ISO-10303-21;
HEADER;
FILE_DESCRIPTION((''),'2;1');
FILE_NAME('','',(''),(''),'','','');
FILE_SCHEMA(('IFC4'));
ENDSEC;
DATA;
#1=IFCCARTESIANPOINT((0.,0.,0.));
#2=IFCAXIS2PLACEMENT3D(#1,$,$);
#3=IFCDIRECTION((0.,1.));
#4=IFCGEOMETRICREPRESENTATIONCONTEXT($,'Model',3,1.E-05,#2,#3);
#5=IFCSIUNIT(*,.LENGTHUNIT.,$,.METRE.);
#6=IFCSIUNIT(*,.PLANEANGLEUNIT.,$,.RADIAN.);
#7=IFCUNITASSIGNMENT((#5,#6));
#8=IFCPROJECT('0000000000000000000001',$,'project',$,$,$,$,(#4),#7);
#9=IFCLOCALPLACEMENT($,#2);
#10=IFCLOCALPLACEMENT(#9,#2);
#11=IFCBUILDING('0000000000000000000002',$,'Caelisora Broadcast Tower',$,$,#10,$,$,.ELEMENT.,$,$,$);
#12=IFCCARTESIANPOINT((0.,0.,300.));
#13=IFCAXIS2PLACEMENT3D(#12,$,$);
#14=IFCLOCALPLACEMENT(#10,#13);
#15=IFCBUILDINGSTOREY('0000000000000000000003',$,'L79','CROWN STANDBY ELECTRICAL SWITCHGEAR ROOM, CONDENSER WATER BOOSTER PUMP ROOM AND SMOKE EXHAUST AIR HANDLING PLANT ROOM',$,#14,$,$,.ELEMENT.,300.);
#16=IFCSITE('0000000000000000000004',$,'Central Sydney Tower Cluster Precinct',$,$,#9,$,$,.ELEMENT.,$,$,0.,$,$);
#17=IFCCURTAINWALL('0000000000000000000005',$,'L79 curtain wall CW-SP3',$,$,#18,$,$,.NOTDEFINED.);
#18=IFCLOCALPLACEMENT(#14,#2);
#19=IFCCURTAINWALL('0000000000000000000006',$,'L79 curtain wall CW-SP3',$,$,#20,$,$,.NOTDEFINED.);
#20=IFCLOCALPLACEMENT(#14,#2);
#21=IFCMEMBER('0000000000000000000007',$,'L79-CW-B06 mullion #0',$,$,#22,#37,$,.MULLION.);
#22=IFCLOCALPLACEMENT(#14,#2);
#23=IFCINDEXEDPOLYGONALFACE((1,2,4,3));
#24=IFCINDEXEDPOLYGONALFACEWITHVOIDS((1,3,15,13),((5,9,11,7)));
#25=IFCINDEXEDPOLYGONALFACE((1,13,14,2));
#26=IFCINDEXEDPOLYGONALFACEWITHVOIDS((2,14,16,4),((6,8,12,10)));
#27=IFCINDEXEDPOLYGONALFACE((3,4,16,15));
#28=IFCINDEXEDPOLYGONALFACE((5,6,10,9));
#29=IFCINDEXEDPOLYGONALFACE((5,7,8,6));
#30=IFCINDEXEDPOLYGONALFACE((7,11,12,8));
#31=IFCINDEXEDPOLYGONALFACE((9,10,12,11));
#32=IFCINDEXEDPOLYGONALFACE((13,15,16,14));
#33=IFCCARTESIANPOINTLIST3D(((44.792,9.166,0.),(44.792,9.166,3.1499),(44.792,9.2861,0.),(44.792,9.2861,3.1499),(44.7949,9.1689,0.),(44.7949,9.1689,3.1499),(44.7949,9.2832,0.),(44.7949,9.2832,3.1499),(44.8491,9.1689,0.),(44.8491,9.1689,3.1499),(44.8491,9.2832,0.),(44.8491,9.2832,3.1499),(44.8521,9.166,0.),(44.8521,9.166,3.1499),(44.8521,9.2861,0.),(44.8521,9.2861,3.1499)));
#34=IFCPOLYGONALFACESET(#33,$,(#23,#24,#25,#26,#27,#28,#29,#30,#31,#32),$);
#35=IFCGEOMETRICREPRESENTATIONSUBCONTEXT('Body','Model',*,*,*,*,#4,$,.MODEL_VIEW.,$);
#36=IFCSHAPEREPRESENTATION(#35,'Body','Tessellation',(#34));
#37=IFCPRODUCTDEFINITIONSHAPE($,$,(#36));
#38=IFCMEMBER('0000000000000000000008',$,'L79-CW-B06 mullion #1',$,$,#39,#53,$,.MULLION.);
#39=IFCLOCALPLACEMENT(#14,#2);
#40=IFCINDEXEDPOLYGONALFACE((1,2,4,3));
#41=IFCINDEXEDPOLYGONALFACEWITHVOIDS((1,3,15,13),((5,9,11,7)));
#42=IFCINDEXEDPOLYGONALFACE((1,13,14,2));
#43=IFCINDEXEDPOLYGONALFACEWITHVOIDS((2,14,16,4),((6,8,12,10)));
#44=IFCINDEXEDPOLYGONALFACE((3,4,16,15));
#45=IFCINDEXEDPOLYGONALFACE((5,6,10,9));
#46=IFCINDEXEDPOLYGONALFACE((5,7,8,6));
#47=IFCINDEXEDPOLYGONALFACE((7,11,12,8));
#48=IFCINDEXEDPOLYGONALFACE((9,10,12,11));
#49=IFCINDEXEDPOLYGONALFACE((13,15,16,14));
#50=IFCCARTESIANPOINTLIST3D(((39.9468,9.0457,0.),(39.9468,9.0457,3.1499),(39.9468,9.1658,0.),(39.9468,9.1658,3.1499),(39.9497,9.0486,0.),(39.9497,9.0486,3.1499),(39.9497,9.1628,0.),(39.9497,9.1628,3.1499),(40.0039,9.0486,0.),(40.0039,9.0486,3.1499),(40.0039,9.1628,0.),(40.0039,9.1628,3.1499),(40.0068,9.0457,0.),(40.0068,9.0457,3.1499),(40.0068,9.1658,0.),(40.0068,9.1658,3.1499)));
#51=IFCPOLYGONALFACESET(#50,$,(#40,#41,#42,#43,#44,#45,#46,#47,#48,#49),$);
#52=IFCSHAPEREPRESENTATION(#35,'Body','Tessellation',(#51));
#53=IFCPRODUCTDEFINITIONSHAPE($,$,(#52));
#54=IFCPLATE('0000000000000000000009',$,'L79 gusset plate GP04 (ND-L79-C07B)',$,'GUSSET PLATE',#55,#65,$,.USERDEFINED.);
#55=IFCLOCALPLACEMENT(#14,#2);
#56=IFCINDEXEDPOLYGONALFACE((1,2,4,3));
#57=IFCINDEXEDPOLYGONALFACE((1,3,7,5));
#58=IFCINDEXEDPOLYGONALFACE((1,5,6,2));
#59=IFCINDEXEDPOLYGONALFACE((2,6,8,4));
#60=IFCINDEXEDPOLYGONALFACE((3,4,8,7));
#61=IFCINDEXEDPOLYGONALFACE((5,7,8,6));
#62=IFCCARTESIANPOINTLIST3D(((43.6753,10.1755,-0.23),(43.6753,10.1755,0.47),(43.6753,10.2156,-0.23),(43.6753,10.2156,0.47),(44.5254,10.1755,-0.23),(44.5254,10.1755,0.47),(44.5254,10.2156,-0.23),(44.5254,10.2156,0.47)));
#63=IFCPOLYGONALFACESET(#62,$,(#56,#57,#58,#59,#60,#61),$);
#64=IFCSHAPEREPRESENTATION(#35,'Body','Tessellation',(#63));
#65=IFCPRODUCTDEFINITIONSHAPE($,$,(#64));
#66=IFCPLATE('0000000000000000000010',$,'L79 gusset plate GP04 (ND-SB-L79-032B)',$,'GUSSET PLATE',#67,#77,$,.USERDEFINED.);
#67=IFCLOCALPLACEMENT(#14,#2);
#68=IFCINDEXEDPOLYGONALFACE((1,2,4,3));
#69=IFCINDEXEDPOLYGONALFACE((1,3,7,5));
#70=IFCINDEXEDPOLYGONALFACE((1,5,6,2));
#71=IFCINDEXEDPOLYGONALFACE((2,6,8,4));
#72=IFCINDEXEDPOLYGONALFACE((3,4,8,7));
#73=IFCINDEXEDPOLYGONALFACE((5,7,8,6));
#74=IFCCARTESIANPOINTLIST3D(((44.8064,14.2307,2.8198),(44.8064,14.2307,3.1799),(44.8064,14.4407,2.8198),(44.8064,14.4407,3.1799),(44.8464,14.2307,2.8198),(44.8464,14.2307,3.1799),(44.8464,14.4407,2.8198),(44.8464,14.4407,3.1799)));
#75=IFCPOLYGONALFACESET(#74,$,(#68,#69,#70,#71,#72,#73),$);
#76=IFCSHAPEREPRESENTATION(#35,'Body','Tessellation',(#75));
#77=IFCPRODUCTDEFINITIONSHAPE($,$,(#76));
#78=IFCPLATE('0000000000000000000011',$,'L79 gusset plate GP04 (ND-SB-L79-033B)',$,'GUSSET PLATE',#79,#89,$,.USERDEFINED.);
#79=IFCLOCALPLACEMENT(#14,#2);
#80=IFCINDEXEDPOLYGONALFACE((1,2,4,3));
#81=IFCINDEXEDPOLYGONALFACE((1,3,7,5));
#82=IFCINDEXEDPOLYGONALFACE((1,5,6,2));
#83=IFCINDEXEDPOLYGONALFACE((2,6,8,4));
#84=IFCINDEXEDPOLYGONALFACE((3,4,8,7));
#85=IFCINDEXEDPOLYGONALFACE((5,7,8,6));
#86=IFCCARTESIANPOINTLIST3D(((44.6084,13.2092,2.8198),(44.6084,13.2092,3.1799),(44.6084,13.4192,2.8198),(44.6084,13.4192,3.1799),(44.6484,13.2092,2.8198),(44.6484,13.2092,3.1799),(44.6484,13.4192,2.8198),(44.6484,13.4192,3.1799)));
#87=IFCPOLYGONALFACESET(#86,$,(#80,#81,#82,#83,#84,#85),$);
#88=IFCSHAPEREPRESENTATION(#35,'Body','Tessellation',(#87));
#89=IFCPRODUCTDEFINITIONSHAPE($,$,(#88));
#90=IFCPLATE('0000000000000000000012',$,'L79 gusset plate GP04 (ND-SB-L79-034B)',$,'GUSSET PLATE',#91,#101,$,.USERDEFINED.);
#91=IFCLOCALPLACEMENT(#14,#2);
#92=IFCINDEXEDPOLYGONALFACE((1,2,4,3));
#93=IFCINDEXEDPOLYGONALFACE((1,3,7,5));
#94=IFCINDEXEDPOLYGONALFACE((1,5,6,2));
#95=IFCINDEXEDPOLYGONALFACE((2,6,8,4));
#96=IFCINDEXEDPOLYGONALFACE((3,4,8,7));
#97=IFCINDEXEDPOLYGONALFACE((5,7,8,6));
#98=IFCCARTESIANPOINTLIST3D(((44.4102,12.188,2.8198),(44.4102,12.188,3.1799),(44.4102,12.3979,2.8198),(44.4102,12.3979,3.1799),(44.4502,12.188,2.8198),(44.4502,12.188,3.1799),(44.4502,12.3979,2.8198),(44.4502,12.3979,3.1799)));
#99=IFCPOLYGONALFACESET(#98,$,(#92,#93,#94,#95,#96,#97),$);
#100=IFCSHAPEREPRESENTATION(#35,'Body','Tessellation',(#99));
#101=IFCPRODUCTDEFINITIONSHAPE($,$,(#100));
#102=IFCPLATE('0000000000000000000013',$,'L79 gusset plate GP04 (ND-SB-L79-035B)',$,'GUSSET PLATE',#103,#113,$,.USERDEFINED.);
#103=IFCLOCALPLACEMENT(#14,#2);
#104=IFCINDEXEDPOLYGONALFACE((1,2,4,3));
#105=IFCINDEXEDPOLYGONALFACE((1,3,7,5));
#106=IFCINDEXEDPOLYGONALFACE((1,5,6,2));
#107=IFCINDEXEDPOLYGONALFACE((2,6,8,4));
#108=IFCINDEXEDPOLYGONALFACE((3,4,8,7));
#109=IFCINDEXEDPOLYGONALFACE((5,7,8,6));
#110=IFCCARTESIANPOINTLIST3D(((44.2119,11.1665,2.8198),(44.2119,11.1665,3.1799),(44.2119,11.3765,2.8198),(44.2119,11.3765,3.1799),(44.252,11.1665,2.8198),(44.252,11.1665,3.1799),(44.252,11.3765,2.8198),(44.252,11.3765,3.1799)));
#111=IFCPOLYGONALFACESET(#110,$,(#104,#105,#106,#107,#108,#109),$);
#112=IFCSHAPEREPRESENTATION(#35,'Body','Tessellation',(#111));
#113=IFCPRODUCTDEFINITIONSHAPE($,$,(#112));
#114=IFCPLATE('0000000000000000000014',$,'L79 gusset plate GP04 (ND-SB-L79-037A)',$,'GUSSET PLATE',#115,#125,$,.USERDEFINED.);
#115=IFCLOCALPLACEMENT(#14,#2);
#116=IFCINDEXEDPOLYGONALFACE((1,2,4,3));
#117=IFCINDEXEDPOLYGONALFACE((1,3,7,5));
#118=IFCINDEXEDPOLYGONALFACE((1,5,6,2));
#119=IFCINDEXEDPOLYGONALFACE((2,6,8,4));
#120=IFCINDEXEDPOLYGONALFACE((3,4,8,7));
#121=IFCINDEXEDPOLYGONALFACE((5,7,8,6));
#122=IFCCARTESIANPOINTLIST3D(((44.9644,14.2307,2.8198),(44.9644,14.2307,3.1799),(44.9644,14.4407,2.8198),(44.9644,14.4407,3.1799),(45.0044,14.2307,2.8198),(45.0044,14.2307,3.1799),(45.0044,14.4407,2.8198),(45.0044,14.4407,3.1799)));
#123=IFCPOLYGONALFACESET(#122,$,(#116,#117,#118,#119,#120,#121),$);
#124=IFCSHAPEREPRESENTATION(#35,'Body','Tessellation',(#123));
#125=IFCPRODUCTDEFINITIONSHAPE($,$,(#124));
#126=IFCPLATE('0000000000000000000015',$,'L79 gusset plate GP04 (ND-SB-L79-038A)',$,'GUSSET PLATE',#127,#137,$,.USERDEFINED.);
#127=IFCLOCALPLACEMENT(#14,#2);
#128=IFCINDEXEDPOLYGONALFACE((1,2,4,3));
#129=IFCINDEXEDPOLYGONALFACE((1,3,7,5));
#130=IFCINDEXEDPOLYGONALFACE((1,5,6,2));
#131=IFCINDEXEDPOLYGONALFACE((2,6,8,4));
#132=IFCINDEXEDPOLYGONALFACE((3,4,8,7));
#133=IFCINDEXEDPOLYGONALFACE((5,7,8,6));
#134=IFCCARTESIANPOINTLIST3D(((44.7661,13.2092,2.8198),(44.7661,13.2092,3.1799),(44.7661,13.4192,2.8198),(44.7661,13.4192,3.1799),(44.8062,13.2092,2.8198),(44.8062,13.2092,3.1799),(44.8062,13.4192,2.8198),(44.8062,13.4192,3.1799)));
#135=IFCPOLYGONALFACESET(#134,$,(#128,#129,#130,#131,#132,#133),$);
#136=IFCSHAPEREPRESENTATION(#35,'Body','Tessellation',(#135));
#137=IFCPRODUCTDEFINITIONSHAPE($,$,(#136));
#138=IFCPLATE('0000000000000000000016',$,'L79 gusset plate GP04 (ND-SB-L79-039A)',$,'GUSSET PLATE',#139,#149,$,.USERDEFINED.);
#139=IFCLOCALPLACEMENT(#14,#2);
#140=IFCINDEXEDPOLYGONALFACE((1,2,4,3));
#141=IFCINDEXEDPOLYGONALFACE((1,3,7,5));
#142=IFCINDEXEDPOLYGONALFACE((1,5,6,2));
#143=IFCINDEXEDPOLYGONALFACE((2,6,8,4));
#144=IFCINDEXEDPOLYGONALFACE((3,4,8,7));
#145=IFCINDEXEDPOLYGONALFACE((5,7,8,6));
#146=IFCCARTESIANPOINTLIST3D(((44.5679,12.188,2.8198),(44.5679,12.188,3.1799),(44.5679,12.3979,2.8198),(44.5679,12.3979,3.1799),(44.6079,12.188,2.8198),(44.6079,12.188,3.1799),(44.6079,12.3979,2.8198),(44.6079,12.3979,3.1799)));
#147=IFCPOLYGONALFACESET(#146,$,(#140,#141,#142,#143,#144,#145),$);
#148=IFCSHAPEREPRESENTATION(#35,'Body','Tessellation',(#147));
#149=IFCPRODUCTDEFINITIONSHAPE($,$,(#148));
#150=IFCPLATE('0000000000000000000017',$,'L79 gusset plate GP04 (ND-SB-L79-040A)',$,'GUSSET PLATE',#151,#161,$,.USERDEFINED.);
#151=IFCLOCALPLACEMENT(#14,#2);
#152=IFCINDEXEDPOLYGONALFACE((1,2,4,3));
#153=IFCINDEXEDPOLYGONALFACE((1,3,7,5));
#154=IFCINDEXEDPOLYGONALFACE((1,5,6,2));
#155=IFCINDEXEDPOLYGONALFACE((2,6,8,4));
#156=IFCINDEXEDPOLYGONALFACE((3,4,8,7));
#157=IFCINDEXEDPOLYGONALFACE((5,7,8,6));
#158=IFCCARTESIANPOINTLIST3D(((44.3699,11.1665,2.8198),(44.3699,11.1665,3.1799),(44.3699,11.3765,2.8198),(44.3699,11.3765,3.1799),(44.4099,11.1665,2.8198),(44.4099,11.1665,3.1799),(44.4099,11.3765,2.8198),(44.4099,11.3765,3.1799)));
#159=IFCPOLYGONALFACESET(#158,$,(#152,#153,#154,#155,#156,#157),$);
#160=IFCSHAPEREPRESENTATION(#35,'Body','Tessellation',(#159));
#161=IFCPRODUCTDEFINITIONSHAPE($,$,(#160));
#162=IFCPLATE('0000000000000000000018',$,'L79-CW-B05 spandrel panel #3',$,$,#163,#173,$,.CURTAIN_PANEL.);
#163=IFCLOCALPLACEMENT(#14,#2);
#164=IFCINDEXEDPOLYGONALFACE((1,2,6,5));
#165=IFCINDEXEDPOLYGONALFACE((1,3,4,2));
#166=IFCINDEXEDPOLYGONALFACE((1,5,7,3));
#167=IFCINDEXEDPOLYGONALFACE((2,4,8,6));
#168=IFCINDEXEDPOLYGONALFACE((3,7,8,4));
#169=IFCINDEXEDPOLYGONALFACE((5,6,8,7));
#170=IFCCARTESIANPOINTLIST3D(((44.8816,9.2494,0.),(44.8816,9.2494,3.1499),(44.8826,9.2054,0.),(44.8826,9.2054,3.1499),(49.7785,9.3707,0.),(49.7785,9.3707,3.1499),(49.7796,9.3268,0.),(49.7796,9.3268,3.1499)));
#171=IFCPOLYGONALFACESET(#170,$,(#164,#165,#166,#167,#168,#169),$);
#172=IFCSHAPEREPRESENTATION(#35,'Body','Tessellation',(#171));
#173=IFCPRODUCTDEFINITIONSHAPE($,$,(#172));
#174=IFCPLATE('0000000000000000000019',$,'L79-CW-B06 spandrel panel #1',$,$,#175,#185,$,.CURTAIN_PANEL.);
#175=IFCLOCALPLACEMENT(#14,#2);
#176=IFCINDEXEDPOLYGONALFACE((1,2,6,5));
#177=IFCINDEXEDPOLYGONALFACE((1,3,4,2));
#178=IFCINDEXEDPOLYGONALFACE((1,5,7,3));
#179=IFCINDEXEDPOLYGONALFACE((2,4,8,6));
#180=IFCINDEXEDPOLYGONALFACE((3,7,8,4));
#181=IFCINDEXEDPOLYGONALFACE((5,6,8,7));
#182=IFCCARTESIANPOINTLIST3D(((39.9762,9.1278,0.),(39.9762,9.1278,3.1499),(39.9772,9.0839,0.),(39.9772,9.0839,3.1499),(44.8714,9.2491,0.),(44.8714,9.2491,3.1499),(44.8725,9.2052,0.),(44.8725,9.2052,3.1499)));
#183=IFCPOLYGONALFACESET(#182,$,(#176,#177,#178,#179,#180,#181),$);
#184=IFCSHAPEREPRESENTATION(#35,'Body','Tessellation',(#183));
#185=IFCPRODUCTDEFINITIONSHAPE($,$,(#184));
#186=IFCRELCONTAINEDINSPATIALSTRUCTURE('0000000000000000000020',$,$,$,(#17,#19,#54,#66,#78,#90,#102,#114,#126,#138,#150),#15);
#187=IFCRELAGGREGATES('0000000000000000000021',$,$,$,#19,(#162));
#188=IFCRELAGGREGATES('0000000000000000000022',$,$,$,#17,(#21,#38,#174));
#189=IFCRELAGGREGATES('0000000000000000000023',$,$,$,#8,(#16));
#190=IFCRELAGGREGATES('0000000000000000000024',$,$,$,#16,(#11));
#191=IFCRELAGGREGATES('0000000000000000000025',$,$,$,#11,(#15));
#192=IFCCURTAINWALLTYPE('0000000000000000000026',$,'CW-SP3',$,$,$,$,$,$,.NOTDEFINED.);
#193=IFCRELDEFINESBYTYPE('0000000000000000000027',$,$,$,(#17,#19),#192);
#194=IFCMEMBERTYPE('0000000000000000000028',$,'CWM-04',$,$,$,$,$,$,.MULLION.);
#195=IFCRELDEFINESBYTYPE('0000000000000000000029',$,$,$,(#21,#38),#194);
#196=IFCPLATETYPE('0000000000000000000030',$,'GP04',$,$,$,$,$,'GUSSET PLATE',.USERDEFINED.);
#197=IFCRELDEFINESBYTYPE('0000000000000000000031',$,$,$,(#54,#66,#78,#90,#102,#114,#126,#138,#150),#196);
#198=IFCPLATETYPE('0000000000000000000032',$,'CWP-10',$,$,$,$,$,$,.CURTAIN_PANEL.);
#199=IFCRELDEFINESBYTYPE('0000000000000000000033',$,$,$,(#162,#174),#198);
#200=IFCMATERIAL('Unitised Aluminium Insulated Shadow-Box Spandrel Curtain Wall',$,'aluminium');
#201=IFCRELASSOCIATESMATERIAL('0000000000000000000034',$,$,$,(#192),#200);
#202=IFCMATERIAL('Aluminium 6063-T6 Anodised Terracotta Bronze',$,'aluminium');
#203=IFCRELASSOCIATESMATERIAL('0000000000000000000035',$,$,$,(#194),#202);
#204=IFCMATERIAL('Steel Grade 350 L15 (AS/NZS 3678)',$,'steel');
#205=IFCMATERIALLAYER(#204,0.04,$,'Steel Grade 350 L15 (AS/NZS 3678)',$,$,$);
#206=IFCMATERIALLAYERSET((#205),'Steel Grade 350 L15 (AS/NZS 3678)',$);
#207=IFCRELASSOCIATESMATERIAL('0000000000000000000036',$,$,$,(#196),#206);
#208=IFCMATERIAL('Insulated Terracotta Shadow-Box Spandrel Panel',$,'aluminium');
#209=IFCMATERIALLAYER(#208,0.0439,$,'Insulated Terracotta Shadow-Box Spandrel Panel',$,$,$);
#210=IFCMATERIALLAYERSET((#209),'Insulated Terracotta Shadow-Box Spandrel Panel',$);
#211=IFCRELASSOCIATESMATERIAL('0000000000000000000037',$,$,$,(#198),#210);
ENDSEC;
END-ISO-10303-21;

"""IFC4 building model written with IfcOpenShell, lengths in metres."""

from ifc_helpers import new_model, si_unit, direction, frame, origin, origin_2d, place, context, subcontext, project, spatial, rectangle, hollow_rectangle, extrude, source, transform, mapped, material, layer, layer_set, material_profile, profile_set, type_object, type_shapes, element, aggregate, save


model = new_model("IFC4")

# Units and contexts
model_context = context("Model", 3, precision=1e-05, world=origin(), true_north=direction((0.0, 1.0)))
body_context = subcontext(model_context, "Body", "Model", "MODEL_VIEW")
ifc_project = project(units=[si_unit("LENGTHUNIT", "METRE"), si_unit("PLANEANGLEUNIT", "RADIAN")], contexts=[model_context])

# Site, building, storey
site_placement = place(None, origin())
site = spatial("IfcSite", under=ifc_project, at=site_placement, Name="Central Sydney Tower Cluster Precinct", CompositionType="ELEMENT", RefElevation=0.0)
building_placement = place(site_placement, origin())
building = spatial("IfcBuilding", under=site, at=building_placement, Name="Caelisora Broadcast Tower", CompositionType="ELEMENT")
storey_placement = place(building_placement, frame((0.0, 0.0, 300.0)))
storey = spatial("IfcBuildingStorey", under=building, at=storey_placement, Name="L79", Description="CROWN STANDBY ELECTRICAL SWITCHGEAR ROOM, CONDENSER WATER BOOSTER PUMP ROOM AND SMOKE EXHAUST AIR HANDLING PLANT ROOM", CompositionType="ELEMENT", Elevation=300.0)

# Curtain wall
ifc_material_1 = material(Name="Unitised Aluminium Insulated Shadow-Box Spandrel Curtain Wall", Category="aluminium")
curtain_wall_type = type_object("IfcCurtainWallType", Name="CW-SP3", PredefinedType="NOTDEFINED", material=ifc_material_1)
curtain_wall_1_placement = place(storey_placement, origin())
curtain_wall_1 = element("IfcCurtainWall", 1, at=curtain_wall_1_placement, inside=storey, type_object=curtain_wall_type, Name="L79 curtain wall CW-SP3", PredefinedType="NOTDEFINED")
ifc_material_2 = material(Name="Aluminium 6063-T6 Anodised Terracotta Bronze", Category="aluminium")

# Curtain wall
curtain_wall_2_placement = place(storey_placement, origin())
curtain_wall_2 = element("IfcCurtainWall", 2, at=curtain_wall_2_placement, inside=storey, type_object=curtain_wall_type, Name="L79 curtain wall CW-SP3", PredefinedType="NOTDEFINED")
ifc_material_profile_1 = material_profile(ifc_material_2, hollow_rectangle(XDim=0.0601, YDim=0.1201, WallThickness=0.0029, at=origin_2d()), Name="Aluminium 6063-T6 Anodised Terracotta Bronze")
ifc_profile_set_1 = profile_set([ifc_material_profile_1], Name="Aluminium 6063-T6 Anodised Terracotta Bronze")
member_type_1 = type_object("IfcMemberType", Name="CWM-04", PredefinedType="MULLION", material=ifc_profile_set_1)
shared_shape_1 = source(origin(), body_context, "Body", "SweptSolid", [
    extrude(hollow_rectangle(XDim=0.0601, YDim=0.1201, WallThickness=0.0029, at=origin_2d()), origin(), (0.0, 0.0, 1.0), 3.1499),
])
type_shapes(member_type_1, [shared_shape_1])

# Members
member_1_placement = place(storey_placement, frame((44.822, 9.2261, 0.0), z_axis=(0.0, 0.0, 1.0), x_axis=(1.0, 0.0, 0.0)))
member_1 = element("IfcMember", 3, at=member_1_placement, type_object=member_type_1, Name="L79-CW-B06 mullion #0", PredefinedType="MULLION", context=body_context, shape_type="MappedRepresentation", body=[
    mapped(shared_shape_1, transform((0.0, 0.0, 0.0), scale=1.0)),
])
member_2_placement = place(storey_placement, frame((39.9768, 9.1057, 0.0), z_axis=(0.0, 0.0, 1.0), x_axis=(1.0, 0.0, 0.0)))
member_2 = element("IfcMember", 4, at=member_2_placement, type_object=member_type_1, Name="L79-CW-B06 mullion #1", PredefinedType="MULLION", context=body_context, shape_type="MappedRepresentation", body=[
    mapped(shared_shape_1, transform((0.0, 0.0, 0.0), scale=1.0)),
])

# Plates
ifc_material_3 = material(Name="Steel Grade 350 L15 (AS/NZS 3678)", Category="steel")
ifc_layer_1 = layer(ifc_material_3, 0.04, Name="Steel Grade 350 L15 (AS/NZS 3678)")
ifc_layer_set_1 = layer_set([ifc_layer_1], Name="Steel Grade 350 L15 (AS/NZS 3678)")
plate_type_1 = type_object("IfcPlateType", Name="GP04", ElementType="GUSSET PLATE", PredefinedType="USERDEFINED", material=ifc_layer_set_1)
shared_shape_2 = source(origin(), body_context, "Body", "SweptSolid", [
    extrude(rectangle(XDim=0.8501, YDim=0.04, at=origin_2d()), origin(), (0.0, 0.0, 1.0), 0.7),
])
plate_1_placement = place(storey_placement, frame((44.1003, 10.1956, -0.23), z_axis=(0.0, 0.0, 1.0), x_axis=(1.0, 0.0, 0.0)))
element("IfcPlate", 5, at=plate_1_placement, inside=storey, type_object=plate_type_1, Name="L79 gusset plate GP04 (ND-L79-C07B)", ObjectType="GUSSET PLATE", PredefinedType="USERDEFINED", context=body_context, shape_type="MappedRepresentation", body=[
    mapped(shared_shape_2, transform((0.0, 0.0, 0.0), scale=1.0)),
])
shared_shape_3 = source(origin(), body_context, "Body", "SweptSolid", [
    extrude(rectangle(XDim=0.21, YDim=0.04, at=origin_2d()), origin(), (0.0, 0.0, 1.0), 0.3601),
])
type_shapes(plate_type_1, [shared_shape_2, shared_shape_3])
for number, where, z_axis, x_axis, name in (
    (6, (44.8264, 14.3357, 2.8198), (0.0, 0.0, 1.0), (0.0, 1.0, 0.0), "L79 gusset plate GP04 (ND-SB-L79-032B)"),
    (7, (44.6284, 13.3142, 2.8198), (0.0, 0.0, 1.0), (0.0, 1.0, 0.0), "L79 gusset plate GP04 (ND-SB-L79-033B)"),
    (8, (44.4302, 12.293, 2.8198), (0.0, 0.0, 1.0), (0.0, 1.0, 0.0), "L79 gusset plate GP04 (ND-SB-L79-034B)"),
    (9, (44.2319, 11.2715, 2.8198), (0.0, 0.0, 1.0), (0.0, 1.0, 0.0), "L79 gusset plate GP04 (ND-SB-L79-035B)"),
    (10, (44.9844, 14.3357, 2.8198), (0.0, 0.0, 1.0), (0.0, 1.0, 0.0), "L79 gusset plate GP04 (ND-SB-L79-037A)"),
    (11, (44.7861, 13.3142, 2.8198), (0.0, 0.0, 1.0), (0.0, 1.0, 0.0), "L79 gusset plate GP04 (ND-SB-L79-038A)"),
    (12, (44.5879, 12.293, 2.8198), (0.0, 0.0, 1.0), (0.0, 1.0, 0.0), "L79 gusset plate GP04 (ND-SB-L79-039A)"),
    (13, (44.3899, 11.2715, 2.8198), (0.0, 0.0, 1.0), (0.0, 1.0, 0.0), "L79 gusset plate GP04 (ND-SB-L79-040A)"),
):
    element("IfcPlate", number, at=place(storey_placement, frame(where, z_axis=z_axis, x_axis=x_axis)), inside=storey, type_object=plate_type_1, Name=name, ObjectType="GUSSET PLATE", PredefinedType="USERDEFINED", context=body_context, shape_type="MappedRepresentation", body=[
        mapped(shared_shape_3, transform((0.0, 0.0, 0.0), scale=1.0)),
    ])

# Plates
ifc_material_4 = material(Name="Insulated Terracotta Shadow-Box Spandrel Panel", Category="aluminium")
ifc_layer_2 = layer(ifc_material_4, 0.0439, Name="Insulated Terracotta Shadow-Box Spandrel Panel")
ifc_layer_set_2 = layer_set([ifc_layer_2], Name="Insulated Terracotta Shadow-Box Spandrel Panel")
plate_type_2 = type_object("IfcPlateType", Name="CWP-10", PredefinedType="CURTAIN_PANEL", material=ifc_layer_set_2)
shared_shape_4 = source(origin(), body_context, "Body", "SweptSolid", [
    extrude(rectangle(XDim=4.8984, YDim=0.0439, at=origin_2d()), origin(), (0.0, 0.0, 1.0), 3.1499),
])
plate_2_placement = place(storey_placement, frame((47.3306, 9.2881, 0.0), z_axis=(0.0, 0.0, 1.0), x_axis=(-0.999693, -0.024781, 0.0)))
plate_2 = element("IfcPlate", 14, at=plate_2_placement, type_object=plate_type_2, Name="L79-CW-B05 spandrel panel #3", PredefinedType="CURTAIN_PANEL", context=body_context, shape_type="MappedRepresentation", body=[
    mapped(shared_shape_4, transform((0.0, 0.0, 0.0), scale=1.0)),
])
aggregate(curtain_wall_2, [plate_2])
shared_shape_5 = source(origin(), body_context, "Body", "SweptSolid", [
    extrude(rectangle(XDim=4.8967, YDim=0.0439, at=origin_2d()), origin(), (0.0, 0.0, 1.0), 3.1499),
])
type_shapes(plate_type_2, [shared_shape_4, shared_shape_5])
plate_3_placement = place(storey_placement, frame((42.4243, 9.1665, 0.0), z_axis=(0.0, 0.0, 1.0), x_axis=(-0.999693, -0.024781, 0.0)))
plate_3 = element("IfcPlate", 15, at=plate_3_placement, type_object=plate_type_2, Name="L79-CW-B06 spandrel panel #1", PredefinedType="CURTAIN_PANEL", context=body_context, shape_type="MappedRepresentation", body=[
    mapped(shared_shape_5, transform((0.0, 0.0, 0.0), scale=1.0)),
])
aggregate(curtain_wall_1, [member_1, member_2, plate_3])

save(model, "model.ifc")
